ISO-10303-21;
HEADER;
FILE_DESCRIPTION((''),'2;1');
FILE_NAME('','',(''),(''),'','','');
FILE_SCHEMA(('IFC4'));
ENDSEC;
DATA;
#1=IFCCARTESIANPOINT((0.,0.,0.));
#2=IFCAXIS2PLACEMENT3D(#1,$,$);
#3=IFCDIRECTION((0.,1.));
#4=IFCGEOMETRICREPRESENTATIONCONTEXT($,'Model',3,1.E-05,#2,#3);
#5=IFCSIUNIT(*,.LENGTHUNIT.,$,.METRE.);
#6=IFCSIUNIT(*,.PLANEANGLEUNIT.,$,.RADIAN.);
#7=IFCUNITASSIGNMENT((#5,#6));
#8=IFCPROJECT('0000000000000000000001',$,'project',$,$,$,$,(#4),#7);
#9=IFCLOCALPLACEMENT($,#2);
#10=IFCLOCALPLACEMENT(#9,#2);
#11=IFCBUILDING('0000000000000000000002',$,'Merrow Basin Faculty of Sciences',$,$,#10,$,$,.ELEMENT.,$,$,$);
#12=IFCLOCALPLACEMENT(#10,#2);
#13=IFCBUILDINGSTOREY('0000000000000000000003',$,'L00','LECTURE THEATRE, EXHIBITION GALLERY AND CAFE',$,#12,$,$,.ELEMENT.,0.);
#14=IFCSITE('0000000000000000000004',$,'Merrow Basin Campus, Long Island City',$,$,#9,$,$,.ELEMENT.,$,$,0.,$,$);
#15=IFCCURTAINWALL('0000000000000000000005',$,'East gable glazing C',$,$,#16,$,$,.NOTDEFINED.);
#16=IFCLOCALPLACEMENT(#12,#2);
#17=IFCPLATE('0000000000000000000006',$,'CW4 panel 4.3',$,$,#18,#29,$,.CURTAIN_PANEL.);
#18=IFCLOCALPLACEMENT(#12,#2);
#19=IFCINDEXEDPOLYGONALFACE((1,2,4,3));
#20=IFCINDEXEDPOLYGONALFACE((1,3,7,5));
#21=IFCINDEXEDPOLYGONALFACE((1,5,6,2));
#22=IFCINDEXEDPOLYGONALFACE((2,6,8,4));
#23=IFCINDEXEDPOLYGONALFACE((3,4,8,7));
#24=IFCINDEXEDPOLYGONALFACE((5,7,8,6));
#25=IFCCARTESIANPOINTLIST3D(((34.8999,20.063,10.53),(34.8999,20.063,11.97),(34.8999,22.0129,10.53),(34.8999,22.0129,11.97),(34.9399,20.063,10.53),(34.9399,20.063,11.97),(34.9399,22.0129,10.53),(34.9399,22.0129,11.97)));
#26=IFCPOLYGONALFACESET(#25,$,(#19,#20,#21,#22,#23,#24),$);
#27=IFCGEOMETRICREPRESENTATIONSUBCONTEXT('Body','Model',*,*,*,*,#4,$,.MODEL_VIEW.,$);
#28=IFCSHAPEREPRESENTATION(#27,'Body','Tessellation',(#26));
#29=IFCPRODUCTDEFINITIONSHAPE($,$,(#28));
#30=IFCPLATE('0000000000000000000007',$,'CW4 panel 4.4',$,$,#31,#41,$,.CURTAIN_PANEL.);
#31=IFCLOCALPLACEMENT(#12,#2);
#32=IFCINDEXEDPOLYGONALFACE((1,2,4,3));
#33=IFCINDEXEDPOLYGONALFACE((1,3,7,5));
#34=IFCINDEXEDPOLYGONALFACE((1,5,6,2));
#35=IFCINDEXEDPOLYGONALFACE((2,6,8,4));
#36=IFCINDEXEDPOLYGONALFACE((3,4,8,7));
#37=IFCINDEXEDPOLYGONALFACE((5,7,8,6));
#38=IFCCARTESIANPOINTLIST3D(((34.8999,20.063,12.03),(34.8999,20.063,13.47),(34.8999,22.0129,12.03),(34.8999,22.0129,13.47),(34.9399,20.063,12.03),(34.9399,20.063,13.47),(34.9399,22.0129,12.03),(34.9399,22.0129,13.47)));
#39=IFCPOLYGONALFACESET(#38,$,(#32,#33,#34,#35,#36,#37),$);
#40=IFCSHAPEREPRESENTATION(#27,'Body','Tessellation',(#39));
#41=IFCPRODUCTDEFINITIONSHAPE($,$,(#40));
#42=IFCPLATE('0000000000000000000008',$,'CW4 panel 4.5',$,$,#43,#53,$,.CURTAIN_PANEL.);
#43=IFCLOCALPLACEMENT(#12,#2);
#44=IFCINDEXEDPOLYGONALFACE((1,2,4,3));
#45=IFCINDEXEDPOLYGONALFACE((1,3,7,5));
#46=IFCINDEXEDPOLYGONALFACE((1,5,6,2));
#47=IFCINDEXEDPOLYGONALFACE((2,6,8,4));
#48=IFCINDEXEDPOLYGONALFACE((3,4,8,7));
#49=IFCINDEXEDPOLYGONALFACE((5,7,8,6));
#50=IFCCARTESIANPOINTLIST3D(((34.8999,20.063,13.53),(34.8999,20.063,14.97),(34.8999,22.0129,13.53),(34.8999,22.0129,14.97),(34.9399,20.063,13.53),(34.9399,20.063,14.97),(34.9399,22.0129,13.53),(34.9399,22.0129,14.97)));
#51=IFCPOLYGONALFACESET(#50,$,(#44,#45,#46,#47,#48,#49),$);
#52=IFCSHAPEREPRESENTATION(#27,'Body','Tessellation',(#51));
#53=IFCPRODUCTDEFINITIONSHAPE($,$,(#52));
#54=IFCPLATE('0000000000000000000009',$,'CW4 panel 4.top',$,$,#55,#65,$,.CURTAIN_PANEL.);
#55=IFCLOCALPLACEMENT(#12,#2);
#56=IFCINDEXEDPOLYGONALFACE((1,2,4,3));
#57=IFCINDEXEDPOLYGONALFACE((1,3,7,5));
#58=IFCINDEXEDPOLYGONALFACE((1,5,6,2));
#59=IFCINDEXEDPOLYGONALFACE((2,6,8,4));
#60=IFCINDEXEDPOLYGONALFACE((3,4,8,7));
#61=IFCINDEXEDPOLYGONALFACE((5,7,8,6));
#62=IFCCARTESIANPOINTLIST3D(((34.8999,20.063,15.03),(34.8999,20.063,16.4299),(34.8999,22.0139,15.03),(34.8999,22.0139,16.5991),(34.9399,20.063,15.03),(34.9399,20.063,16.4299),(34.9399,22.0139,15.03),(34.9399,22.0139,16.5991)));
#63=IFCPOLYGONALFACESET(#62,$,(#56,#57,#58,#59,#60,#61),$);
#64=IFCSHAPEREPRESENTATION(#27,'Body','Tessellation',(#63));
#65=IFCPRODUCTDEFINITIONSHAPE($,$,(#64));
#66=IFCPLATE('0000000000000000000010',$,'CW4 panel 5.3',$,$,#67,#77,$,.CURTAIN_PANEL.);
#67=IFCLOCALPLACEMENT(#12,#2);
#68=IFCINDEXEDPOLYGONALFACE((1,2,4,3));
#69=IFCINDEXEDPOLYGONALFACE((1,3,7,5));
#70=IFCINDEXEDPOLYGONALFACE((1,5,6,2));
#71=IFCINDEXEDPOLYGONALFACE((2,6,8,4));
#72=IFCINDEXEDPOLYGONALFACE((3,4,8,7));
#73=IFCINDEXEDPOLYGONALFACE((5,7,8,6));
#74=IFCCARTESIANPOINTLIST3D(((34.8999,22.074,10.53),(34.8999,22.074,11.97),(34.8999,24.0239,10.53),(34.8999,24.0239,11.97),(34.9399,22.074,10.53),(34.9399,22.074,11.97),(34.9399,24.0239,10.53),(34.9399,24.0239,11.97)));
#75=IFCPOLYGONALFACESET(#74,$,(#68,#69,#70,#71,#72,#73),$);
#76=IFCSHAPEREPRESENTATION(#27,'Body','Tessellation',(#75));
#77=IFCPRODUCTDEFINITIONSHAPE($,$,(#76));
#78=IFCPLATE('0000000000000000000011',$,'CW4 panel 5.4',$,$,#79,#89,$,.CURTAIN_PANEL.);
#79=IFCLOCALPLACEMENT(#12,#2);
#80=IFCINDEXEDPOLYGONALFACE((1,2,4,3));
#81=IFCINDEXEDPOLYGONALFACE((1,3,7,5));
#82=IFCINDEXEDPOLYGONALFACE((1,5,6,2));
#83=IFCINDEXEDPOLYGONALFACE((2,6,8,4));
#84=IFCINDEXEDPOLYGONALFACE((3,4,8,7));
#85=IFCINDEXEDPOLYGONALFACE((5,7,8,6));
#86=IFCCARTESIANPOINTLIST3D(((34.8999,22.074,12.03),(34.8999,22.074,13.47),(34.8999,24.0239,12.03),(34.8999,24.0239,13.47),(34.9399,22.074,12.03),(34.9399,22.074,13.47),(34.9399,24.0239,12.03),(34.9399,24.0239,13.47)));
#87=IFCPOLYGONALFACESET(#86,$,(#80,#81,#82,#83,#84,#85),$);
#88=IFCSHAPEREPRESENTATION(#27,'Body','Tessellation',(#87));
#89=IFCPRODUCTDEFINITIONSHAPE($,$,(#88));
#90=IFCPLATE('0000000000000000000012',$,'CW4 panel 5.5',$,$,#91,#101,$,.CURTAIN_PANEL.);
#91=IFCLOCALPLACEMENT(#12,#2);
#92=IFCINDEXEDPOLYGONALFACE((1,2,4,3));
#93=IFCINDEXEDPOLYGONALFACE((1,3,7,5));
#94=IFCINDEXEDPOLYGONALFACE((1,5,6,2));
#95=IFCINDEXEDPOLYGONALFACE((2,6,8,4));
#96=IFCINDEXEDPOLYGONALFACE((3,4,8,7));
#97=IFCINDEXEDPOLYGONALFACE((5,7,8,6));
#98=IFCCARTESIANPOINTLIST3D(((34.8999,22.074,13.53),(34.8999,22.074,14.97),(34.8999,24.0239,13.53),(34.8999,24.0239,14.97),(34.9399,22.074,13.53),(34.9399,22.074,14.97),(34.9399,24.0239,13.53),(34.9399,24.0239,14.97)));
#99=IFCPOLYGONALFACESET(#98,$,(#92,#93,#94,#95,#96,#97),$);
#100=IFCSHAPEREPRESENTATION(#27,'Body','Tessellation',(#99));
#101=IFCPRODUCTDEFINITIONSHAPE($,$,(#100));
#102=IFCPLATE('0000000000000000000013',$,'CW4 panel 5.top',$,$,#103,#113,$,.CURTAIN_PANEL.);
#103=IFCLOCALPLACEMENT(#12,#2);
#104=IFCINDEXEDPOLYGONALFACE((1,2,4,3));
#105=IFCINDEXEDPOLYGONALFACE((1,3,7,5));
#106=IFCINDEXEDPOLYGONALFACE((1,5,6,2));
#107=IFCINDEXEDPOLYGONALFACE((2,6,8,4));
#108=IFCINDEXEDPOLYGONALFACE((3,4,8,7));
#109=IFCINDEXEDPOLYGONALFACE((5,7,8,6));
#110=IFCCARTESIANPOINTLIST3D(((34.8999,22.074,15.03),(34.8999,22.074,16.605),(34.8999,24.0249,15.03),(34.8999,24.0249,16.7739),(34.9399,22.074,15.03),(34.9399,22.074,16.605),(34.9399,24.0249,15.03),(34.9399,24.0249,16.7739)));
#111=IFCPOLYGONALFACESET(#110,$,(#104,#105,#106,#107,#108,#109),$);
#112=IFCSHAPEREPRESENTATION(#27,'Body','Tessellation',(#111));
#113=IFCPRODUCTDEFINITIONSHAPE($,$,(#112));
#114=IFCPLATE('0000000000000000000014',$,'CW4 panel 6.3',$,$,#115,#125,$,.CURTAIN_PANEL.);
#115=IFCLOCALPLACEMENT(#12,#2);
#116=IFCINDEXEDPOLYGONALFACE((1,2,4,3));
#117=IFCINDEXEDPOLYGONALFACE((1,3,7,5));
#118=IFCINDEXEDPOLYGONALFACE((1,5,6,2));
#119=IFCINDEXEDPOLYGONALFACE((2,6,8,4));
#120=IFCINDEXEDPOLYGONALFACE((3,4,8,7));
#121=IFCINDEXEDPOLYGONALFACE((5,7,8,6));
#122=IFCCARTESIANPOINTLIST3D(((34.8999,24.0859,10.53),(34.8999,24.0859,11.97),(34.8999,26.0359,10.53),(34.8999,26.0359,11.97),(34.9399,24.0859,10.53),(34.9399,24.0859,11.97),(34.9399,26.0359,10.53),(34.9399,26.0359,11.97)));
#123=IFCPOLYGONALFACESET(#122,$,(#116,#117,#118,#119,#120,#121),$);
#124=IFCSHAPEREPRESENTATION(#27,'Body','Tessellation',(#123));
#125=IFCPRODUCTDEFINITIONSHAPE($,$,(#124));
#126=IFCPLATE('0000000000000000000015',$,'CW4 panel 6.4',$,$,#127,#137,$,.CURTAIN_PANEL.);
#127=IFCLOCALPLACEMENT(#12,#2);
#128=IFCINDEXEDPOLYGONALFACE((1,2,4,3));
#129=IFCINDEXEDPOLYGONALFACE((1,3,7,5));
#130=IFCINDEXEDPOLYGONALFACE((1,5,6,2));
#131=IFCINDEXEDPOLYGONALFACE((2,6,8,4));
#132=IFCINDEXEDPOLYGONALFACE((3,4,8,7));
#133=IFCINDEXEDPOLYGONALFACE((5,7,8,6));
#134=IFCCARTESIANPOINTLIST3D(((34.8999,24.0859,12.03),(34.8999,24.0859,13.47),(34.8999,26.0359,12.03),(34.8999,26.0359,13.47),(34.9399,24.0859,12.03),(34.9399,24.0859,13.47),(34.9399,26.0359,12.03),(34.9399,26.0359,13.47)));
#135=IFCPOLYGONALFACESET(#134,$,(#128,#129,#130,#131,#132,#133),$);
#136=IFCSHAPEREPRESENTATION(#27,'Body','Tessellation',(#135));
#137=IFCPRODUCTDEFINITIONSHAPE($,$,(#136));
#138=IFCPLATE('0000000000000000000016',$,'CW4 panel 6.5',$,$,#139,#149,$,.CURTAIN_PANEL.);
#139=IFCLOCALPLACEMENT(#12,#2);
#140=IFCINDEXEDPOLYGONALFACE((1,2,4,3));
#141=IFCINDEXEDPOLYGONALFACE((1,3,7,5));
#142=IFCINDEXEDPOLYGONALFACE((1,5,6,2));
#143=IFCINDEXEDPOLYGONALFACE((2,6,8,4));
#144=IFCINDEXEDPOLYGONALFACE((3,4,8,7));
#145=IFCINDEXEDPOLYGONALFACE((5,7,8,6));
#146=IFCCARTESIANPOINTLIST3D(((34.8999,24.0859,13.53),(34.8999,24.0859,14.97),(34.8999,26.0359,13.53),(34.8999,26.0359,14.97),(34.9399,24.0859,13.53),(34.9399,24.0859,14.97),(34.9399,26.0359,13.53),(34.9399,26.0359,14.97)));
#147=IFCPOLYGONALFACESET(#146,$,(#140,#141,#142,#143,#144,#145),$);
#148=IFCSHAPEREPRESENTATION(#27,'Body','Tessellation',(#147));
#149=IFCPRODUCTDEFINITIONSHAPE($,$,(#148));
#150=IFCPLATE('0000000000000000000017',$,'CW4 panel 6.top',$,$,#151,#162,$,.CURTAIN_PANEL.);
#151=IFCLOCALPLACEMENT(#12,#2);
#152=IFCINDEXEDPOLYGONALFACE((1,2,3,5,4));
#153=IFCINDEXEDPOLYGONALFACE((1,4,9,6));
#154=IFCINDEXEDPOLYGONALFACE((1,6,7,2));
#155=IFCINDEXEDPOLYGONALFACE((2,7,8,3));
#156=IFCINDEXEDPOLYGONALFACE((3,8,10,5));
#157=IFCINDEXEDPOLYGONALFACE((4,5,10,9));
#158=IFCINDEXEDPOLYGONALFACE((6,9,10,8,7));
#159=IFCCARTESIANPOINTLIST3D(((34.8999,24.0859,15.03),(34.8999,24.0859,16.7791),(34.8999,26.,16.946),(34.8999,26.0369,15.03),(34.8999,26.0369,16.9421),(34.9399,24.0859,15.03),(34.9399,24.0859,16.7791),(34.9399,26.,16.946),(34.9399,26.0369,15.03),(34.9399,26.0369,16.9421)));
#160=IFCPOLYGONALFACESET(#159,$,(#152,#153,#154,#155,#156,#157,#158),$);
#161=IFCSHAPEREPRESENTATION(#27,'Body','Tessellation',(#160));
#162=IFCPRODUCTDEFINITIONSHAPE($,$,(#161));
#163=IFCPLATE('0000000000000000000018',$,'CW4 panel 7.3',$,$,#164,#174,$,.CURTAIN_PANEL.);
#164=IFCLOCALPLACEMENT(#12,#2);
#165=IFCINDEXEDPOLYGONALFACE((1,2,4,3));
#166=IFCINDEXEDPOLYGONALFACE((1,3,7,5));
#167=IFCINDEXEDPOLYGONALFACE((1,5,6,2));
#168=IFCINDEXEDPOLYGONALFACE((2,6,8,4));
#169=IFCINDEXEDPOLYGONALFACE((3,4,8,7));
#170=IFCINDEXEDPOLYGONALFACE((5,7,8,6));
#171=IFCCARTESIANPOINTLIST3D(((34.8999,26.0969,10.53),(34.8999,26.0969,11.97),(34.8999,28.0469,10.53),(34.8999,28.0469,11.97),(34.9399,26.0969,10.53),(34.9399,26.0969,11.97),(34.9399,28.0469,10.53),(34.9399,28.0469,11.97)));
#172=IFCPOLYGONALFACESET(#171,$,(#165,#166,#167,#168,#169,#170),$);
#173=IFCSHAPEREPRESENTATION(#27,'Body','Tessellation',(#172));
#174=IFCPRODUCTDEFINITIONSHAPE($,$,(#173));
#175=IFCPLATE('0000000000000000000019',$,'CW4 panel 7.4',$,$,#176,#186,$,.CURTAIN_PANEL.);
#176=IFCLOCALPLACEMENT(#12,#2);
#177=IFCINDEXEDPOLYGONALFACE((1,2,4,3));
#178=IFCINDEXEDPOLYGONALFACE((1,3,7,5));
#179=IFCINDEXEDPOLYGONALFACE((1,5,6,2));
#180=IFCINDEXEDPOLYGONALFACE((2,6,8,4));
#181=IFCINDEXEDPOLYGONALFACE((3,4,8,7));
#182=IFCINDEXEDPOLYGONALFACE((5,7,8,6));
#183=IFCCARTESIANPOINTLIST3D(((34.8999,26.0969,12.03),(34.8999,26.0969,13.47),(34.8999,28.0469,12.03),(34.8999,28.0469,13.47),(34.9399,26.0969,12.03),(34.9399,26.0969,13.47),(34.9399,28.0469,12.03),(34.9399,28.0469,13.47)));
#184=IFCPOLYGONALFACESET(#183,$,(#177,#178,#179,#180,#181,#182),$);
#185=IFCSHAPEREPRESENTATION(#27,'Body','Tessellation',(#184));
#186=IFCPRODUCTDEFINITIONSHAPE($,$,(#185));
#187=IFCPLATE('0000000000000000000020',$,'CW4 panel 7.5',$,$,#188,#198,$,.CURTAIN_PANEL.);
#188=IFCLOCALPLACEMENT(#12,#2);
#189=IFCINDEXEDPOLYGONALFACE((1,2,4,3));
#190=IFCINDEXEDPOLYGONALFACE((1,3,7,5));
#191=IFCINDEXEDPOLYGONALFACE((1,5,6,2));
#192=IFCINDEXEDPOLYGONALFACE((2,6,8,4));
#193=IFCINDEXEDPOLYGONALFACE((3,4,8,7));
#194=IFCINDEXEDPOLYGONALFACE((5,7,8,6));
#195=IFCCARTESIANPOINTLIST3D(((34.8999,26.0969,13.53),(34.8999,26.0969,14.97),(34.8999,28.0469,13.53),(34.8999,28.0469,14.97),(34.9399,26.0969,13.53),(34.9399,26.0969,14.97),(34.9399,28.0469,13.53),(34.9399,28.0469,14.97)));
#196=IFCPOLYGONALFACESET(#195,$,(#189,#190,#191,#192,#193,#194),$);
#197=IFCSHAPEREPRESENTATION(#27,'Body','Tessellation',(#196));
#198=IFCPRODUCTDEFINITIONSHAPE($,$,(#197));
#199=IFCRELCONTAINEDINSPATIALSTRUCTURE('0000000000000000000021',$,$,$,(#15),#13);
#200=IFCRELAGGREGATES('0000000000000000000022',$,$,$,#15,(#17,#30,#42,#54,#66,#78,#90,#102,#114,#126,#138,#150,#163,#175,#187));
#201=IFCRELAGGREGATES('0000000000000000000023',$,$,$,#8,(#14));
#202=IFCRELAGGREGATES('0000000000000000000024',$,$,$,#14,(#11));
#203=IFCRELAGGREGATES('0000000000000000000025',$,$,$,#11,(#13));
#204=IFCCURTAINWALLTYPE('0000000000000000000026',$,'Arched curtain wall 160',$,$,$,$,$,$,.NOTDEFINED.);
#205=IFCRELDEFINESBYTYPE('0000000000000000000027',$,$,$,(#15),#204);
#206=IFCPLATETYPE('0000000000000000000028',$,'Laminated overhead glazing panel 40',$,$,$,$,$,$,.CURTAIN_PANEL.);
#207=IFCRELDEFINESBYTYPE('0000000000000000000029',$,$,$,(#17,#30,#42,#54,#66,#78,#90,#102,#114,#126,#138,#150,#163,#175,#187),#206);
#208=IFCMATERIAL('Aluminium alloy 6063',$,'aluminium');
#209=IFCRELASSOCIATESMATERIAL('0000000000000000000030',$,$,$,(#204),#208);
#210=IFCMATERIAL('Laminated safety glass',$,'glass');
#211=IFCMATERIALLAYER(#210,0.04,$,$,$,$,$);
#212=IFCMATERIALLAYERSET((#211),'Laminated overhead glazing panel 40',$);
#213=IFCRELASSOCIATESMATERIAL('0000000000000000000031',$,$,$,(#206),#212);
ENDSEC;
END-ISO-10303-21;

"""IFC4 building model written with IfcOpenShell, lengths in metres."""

from ifc_helpers import new_model, si_unit, direction, frame, origin, place, context, subcontext, project, spatial, polyline, outline, extrude, material, layer, layer_set, type_object, element, aggregate, save


model = new_model("IFC4")

# Units and contexts
model_context = context("Model", 3, precision=1e-05, world=origin(), true_north=direction((0.0, 1.0)))
body_context = subcontext(model_context, "Body", "Model", "MODEL_VIEW")
ifc_project = project(units=[si_unit("LENGTHUNIT", "METRE"), si_unit("PLANEANGLEUNIT", "RADIAN")], contexts=[model_context])

# Site, building, storey
site_placement = place(None, origin())
site = spatial("IfcSite", under=ifc_project, at=site_placement, Name="Merrow Basin Campus, Long Island City", CompositionType="ELEMENT", RefElevation=0.0)
building_placement = place(site_placement, origin())
building = spatial("IfcBuilding", under=site, at=building_placement, Name="Merrow Basin Faculty of Sciences", CompositionType="ELEMENT")
storey_placement = place(building_placement, origin())
storey = spatial("IfcBuildingStorey", under=building, at=storey_placement, Name="L00", Description="LECTURE THEATRE, EXHIBITION GALLERY AND CAFE", CompositionType="ELEMENT", Elevation=0.0)

# Curtain wall, plates
ifc_material_1 = material(Name="Aluminium alloy 6063", Category="aluminium")
curtain_wall_type = type_object("IfcCurtainWallType", Name="Arched curtain wall 160", PredefinedType="NOTDEFINED", material=ifc_material_1)
curtain_wall_placement = place(storey_placement, origin())
curtain_wall = element("IfcCurtainWall", 1, at=curtain_wall_placement, inside=storey, type_object=curtain_wall_type, Name="East gable glazing C", PredefinedType="NOTDEFINED")
ifc_material_2 = material(Name="Laminated safety glass", Category="glass")
ifc_layer = layer(ifc_material_2, 0.04)
ifc_layer_set = layer_set([ifc_layer], Name="Laminated overhead glazing panel 40")
plate_type = type_object("IfcPlateType", Name="Laminated overhead glazing panel 40", PredefinedType="CURTAIN_PANEL", material=ifc_layer_set)
plate_1_placement = place(storey_placement, frame((34.8999, 20.063, 10.53), z_axis=(1.0, 0.0, 0.0), x_axis=(0.0, 1.0, 0.0)))
plate_1 = element("IfcPlate", 2, at=plate_1_placement, type_object=plate_type, Name="CW4 panel 4.3", PredefinedType="CURTAIN_PANEL", context=body_context, shape_type="SweptSolid", body=[
    extrude(outline(polyline([(0.0, 0.0), (1.95, 0.0), (1.95, 1.4399), (0.0, 1.4399), (0.0, 0.0)])), origin(), (0.0, 0.0, 1.0), 0.04),
])
plate_2_placement = place(storey_placement, frame((34.8999, 20.063, 12.03), z_axis=(1.0, 0.0, 0.0), x_axis=(0.0, 1.0, 0.0)))
plate_2 = element("IfcPlate", 3, at=plate_2_placement, type_object=plate_type, Name="CW4 panel 4.4", PredefinedType="CURTAIN_PANEL", context=body_context, shape_type="SweptSolid", body=[
    extrude(outline(polyline([(0.0, 0.0), (1.95, 0.0), (1.95, 1.4399), (0.0, 1.4399), (0.0, 0.0)])), origin(), (0.0, 0.0, 1.0), 0.04),
])
plate_3_placement = place(storey_placement, frame((34.8999, 20.063, 13.53), z_axis=(1.0, 0.0, 0.0), x_axis=(0.0, 1.0, 0.0)))
plate_3 = element("IfcPlate", 4, at=plate_3_placement, type_object=plate_type, Name="CW4 panel 4.5", PredefinedType="CURTAIN_PANEL", context=body_context, shape_type="SweptSolid", body=[
    extrude(outline(polyline([(0.0, 0.0), (1.95, 0.0), (1.95, 1.4399), (0.0, 1.4399), (0.0, 0.0)])), origin(), (0.0, 0.0, 1.0), 0.04),
])
plate_4_placement = place(storey_placement, frame((34.8999, 20.063, 15.03), z_axis=(1.0, 0.0, 0.0), x_axis=(0.0, 1.0, 0.0)))
plate_4 = element("IfcPlate", 5, at=plate_4_placement, type_object=plate_type, Name="CW4 panel 4.top", PredefinedType="CURTAIN_PANEL", context=body_context, shape_type="SweptSolid", body=[
    extrude(outline(polyline([(0.0, 0.0), (1.9509, 0.0), (1.9509, 1.5691), (0.0, 1.3999), (0.0, 0.0)])), origin(), (0.0, 0.0, 1.0), 0.04),
])
plate_5_placement = place(storey_placement, frame((34.8999, 22.074, 10.53), z_axis=(1.0, 0.0, 0.0), x_axis=(0.0, 1.0, 0.0)))
plate_5 = element("IfcPlate", 6, at=plate_5_placement, type_object=plate_type, Name="CW4 panel 5.3", PredefinedType="CURTAIN_PANEL", context=body_context, shape_type="SweptSolid", body=[
    extrude(outline(polyline([(0.0, 0.0), (1.95, 0.0), (1.95, 1.4399), (0.0, 1.4399), (0.0, 0.0)])), origin(), (0.0, 0.0, 1.0), 0.04),
])
plate_6_placement = place(storey_placement, frame((34.8999, 22.074, 12.03), z_axis=(1.0, 0.0, 0.0), x_axis=(0.0, 1.0, 0.0)))
plate_6 = element("IfcPlate", 7, at=plate_6_placement, type_object=plate_type, Name="CW4 panel 5.4", PredefinedType="CURTAIN_PANEL", context=body_context, shape_type="SweptSolid", body=[
    extrude(outline(polyline([(0.0, 0.0), (1.95, 0.0), (1.95, 1.4399), (0.0, 1.4399), (0.0, 0.0)])), origin(), (0.0, 0.0, 1.0), 0.04),
])
plate_7_placement = place(storey_placement, frame((34.8999, 22.074, 13.53), z_axis=(1.0, 0.0, 0.0), x_axis=(0.0, 1.0, 0.0)))
plate_7 = element("IfcPlate", 8, at=plate_7_placement, type_object=plate_type, Name="CW4 panel 5.5", PredefinedType="CURTAIN_PANEL", context=body_context, shape_type="SweptSolid", body=[
    extrude(outline(polyline([(0.0, 0.0), (1.95, 0.0), (1.95, 1.4399), (0.0, 1.4399), (0.0, 0.0)])), origin(), (0.0, 0.0, 1.0), 0.04),
])
plate_8_placement = place(storey_placement, frame((34.8999, 22.074, 15.03), z_axis=(1.0, 0.0, 0.0), x_axis=(0.0, 1.0, 0.0)))
plate_8 = element("IfcPlate", 9, at=plate_8_placement, type_object=plate_type, Name="CW4 panel 5.top", PredefinedType="CURTAIN_PANEL", context=body_context, shape_type="SweptSolid", body=[
    extrude(outline(polyline([(0.0, 0.0), (1.9509, 0.0), (1.9509, 1.7439), (0.0, 1.575), (0.0, 0.0)])), origin(), (0.0, 0.0, 1.0), 0.04),
])
plate_9_placement = place(storey_placement, frame((34.8999, 24.0859, 10.53), z_axis=(1.0, 0.0, 0.0), x_axis=(0.0, 1.0, 0.0)))
plate_9 = element("IfcPlate", 10, at=plate_9_placement, type_object=plate_type, Name="CW4 panel 6.3", PredefinedType="CURTAIN_PANEL", context=body_context, shape_type="SweptSolid", body=[
    extrude(outline(polyline([(0.0, 0.0), (1.95, 0.0), (1.95, 1.4399), (0.0, 1.4399), (0.0, 0.0)])), origin(), (0.0, 0.0, 1.0), 0.04),
])
plate_10_placement = place(storey_placement, frame((34.8999, 24.0859, 12.03), z_axis=(1.0, 0.0, 0.0), x_axis=(0.0, 1.0, 0.0)))
plate_10 = element("IfcPlate", 11, at=plate_10_placement, type_object=plate_type, Name="CW4 panel 6.4", PredefinedType="CURTAIN_PANEL", context=body_context, shape_type="SweptSolid", body=[
    extrude(outline(polyline([(0.0, 0.0), (1.95, 0.0), (1.95, 1.4399), (0.0, 1.4399), (0.0, 0.0)])), origin(), (0.0, 0.0, 1.0), 0.04),
])
plate_11_placement = place(storey_placement, frame((34.8999, 24.0859, 13.53), z_axis=(1.0, 0.0, 0.0), x_axis=(0.0, 1.0, 0.0)))
plate_11 = element("IfcPlate", 12, at=plate_11_placement, type_object=plate_type, Name="CW4 panel 6.5", PredefinedType="CURTAIN_PANEL", context=body_context, shape_type="SweptSolid", body=[
    extrude(outline(polyline([(0.0, 0.0), (1.95, 0.0), (1.95, 1.4399), (0.0, 1.4399), (0.0, 0.0)])), origin(), (0.0, 0.0, 1.0), 0.04),
])
plate_12_placement = place(storey_placement, frame((34.8999, 24.0859, 15.03), z_axis=(1.0, 0.0, 0.0), x_axis=(0.0, 1.0, 0.0)))
plate_12 = element("IfcPlate", 13, at=plate_12_placement, type_object=plate_type, Name="CW4 panel 6.top", PredefinedType="CURTAIN_PANEL", context=body_context, shape_type="SweptSolid", body=[
    extrude(outline(polyline([(0.0, 0.0), (1.9509, 0.0), (1.9509, 1.9121), (1.9141, 1.916), (0.0, 1.749), (0.0, 0.0)])), origin(), (0.0, 0.0, 1.0), 0.04),
])
plate_13_placement = place(storey_placement, frame((34.8999, 26.0969, 10.53), z_axis=(1.0, 0.0, 0.0), x_axis=(0.0, 1.0, 0.0)))
plate_13 = element("IfcPlate", 14, at=plate_13_placement, type_object=plate_type, Name="CW4 panel 7.3", PredefinedType="CURTAIN_PANEL", context=body_context, shape_type="SweptSolid", body=[
    extrude(outline(polyline([(0.0, 0.0), (1.95, 0.0), (1.95, 1.4399), (0.0, 1.4399), (0.0, 0.0)])), origin(), (0.0, 0.0, 1.0), 0.04),
])
plate_14_placement = place(storey_placement, frame((34.8999, 26.0969, 12.03), z_axis=(1.0, 0.0, 0.0), x_axis=(0.0, 1.0, 0.0)))
plate_14 = element("IfcPlate", 15, at=plate_14_placement, type_object=plate_type, Name="CW4 panel 7.4", PredefinedType="CURTAIN_PANEL", context=body_context, shape_type="SweptSolid", body=[
    extrude(outline(polyline([(0.0, 0.0), (1.95, 0.0), (1.95, 1.4399), (0.0, 1.4399), (0.0, 0.0)])), origin(), (0.0, 0.0, 1.0), 0.04),
])
plate_15_placement = place(storey_placement, frame((34.8999, 26.0969, 13.53), z_axis=(1.0, 0.0, 0.0), x_axis=(0.0, 1.0, 0.0)))
plate_15 = element("IfcPlate", 16, at=plate_15_placement, type_object=plate_type, Name="CW4 panel 7.5", PredefinedType="CURTAIN_PANEL", context=body_context, shape_type="SweptSolid", body=[
    extrude(outline(polyline([(0.0, 0.0), (1.95, 0.0), (1.95, 1.4399), (0.0, 1.4399), (0.0, 0.0)])), origin(), (0.0, 0.0, 1.0), 0.04),
])
aggregate(curtain_wall, [plate_1, plate_2, plate_3, plate_4, plate_5, plate_6, plate_7, plate_8, plate_9, plate_10, plate_11, plate_12, plate_13, plate_14, plate_15])

save(model, "model.ifc")
